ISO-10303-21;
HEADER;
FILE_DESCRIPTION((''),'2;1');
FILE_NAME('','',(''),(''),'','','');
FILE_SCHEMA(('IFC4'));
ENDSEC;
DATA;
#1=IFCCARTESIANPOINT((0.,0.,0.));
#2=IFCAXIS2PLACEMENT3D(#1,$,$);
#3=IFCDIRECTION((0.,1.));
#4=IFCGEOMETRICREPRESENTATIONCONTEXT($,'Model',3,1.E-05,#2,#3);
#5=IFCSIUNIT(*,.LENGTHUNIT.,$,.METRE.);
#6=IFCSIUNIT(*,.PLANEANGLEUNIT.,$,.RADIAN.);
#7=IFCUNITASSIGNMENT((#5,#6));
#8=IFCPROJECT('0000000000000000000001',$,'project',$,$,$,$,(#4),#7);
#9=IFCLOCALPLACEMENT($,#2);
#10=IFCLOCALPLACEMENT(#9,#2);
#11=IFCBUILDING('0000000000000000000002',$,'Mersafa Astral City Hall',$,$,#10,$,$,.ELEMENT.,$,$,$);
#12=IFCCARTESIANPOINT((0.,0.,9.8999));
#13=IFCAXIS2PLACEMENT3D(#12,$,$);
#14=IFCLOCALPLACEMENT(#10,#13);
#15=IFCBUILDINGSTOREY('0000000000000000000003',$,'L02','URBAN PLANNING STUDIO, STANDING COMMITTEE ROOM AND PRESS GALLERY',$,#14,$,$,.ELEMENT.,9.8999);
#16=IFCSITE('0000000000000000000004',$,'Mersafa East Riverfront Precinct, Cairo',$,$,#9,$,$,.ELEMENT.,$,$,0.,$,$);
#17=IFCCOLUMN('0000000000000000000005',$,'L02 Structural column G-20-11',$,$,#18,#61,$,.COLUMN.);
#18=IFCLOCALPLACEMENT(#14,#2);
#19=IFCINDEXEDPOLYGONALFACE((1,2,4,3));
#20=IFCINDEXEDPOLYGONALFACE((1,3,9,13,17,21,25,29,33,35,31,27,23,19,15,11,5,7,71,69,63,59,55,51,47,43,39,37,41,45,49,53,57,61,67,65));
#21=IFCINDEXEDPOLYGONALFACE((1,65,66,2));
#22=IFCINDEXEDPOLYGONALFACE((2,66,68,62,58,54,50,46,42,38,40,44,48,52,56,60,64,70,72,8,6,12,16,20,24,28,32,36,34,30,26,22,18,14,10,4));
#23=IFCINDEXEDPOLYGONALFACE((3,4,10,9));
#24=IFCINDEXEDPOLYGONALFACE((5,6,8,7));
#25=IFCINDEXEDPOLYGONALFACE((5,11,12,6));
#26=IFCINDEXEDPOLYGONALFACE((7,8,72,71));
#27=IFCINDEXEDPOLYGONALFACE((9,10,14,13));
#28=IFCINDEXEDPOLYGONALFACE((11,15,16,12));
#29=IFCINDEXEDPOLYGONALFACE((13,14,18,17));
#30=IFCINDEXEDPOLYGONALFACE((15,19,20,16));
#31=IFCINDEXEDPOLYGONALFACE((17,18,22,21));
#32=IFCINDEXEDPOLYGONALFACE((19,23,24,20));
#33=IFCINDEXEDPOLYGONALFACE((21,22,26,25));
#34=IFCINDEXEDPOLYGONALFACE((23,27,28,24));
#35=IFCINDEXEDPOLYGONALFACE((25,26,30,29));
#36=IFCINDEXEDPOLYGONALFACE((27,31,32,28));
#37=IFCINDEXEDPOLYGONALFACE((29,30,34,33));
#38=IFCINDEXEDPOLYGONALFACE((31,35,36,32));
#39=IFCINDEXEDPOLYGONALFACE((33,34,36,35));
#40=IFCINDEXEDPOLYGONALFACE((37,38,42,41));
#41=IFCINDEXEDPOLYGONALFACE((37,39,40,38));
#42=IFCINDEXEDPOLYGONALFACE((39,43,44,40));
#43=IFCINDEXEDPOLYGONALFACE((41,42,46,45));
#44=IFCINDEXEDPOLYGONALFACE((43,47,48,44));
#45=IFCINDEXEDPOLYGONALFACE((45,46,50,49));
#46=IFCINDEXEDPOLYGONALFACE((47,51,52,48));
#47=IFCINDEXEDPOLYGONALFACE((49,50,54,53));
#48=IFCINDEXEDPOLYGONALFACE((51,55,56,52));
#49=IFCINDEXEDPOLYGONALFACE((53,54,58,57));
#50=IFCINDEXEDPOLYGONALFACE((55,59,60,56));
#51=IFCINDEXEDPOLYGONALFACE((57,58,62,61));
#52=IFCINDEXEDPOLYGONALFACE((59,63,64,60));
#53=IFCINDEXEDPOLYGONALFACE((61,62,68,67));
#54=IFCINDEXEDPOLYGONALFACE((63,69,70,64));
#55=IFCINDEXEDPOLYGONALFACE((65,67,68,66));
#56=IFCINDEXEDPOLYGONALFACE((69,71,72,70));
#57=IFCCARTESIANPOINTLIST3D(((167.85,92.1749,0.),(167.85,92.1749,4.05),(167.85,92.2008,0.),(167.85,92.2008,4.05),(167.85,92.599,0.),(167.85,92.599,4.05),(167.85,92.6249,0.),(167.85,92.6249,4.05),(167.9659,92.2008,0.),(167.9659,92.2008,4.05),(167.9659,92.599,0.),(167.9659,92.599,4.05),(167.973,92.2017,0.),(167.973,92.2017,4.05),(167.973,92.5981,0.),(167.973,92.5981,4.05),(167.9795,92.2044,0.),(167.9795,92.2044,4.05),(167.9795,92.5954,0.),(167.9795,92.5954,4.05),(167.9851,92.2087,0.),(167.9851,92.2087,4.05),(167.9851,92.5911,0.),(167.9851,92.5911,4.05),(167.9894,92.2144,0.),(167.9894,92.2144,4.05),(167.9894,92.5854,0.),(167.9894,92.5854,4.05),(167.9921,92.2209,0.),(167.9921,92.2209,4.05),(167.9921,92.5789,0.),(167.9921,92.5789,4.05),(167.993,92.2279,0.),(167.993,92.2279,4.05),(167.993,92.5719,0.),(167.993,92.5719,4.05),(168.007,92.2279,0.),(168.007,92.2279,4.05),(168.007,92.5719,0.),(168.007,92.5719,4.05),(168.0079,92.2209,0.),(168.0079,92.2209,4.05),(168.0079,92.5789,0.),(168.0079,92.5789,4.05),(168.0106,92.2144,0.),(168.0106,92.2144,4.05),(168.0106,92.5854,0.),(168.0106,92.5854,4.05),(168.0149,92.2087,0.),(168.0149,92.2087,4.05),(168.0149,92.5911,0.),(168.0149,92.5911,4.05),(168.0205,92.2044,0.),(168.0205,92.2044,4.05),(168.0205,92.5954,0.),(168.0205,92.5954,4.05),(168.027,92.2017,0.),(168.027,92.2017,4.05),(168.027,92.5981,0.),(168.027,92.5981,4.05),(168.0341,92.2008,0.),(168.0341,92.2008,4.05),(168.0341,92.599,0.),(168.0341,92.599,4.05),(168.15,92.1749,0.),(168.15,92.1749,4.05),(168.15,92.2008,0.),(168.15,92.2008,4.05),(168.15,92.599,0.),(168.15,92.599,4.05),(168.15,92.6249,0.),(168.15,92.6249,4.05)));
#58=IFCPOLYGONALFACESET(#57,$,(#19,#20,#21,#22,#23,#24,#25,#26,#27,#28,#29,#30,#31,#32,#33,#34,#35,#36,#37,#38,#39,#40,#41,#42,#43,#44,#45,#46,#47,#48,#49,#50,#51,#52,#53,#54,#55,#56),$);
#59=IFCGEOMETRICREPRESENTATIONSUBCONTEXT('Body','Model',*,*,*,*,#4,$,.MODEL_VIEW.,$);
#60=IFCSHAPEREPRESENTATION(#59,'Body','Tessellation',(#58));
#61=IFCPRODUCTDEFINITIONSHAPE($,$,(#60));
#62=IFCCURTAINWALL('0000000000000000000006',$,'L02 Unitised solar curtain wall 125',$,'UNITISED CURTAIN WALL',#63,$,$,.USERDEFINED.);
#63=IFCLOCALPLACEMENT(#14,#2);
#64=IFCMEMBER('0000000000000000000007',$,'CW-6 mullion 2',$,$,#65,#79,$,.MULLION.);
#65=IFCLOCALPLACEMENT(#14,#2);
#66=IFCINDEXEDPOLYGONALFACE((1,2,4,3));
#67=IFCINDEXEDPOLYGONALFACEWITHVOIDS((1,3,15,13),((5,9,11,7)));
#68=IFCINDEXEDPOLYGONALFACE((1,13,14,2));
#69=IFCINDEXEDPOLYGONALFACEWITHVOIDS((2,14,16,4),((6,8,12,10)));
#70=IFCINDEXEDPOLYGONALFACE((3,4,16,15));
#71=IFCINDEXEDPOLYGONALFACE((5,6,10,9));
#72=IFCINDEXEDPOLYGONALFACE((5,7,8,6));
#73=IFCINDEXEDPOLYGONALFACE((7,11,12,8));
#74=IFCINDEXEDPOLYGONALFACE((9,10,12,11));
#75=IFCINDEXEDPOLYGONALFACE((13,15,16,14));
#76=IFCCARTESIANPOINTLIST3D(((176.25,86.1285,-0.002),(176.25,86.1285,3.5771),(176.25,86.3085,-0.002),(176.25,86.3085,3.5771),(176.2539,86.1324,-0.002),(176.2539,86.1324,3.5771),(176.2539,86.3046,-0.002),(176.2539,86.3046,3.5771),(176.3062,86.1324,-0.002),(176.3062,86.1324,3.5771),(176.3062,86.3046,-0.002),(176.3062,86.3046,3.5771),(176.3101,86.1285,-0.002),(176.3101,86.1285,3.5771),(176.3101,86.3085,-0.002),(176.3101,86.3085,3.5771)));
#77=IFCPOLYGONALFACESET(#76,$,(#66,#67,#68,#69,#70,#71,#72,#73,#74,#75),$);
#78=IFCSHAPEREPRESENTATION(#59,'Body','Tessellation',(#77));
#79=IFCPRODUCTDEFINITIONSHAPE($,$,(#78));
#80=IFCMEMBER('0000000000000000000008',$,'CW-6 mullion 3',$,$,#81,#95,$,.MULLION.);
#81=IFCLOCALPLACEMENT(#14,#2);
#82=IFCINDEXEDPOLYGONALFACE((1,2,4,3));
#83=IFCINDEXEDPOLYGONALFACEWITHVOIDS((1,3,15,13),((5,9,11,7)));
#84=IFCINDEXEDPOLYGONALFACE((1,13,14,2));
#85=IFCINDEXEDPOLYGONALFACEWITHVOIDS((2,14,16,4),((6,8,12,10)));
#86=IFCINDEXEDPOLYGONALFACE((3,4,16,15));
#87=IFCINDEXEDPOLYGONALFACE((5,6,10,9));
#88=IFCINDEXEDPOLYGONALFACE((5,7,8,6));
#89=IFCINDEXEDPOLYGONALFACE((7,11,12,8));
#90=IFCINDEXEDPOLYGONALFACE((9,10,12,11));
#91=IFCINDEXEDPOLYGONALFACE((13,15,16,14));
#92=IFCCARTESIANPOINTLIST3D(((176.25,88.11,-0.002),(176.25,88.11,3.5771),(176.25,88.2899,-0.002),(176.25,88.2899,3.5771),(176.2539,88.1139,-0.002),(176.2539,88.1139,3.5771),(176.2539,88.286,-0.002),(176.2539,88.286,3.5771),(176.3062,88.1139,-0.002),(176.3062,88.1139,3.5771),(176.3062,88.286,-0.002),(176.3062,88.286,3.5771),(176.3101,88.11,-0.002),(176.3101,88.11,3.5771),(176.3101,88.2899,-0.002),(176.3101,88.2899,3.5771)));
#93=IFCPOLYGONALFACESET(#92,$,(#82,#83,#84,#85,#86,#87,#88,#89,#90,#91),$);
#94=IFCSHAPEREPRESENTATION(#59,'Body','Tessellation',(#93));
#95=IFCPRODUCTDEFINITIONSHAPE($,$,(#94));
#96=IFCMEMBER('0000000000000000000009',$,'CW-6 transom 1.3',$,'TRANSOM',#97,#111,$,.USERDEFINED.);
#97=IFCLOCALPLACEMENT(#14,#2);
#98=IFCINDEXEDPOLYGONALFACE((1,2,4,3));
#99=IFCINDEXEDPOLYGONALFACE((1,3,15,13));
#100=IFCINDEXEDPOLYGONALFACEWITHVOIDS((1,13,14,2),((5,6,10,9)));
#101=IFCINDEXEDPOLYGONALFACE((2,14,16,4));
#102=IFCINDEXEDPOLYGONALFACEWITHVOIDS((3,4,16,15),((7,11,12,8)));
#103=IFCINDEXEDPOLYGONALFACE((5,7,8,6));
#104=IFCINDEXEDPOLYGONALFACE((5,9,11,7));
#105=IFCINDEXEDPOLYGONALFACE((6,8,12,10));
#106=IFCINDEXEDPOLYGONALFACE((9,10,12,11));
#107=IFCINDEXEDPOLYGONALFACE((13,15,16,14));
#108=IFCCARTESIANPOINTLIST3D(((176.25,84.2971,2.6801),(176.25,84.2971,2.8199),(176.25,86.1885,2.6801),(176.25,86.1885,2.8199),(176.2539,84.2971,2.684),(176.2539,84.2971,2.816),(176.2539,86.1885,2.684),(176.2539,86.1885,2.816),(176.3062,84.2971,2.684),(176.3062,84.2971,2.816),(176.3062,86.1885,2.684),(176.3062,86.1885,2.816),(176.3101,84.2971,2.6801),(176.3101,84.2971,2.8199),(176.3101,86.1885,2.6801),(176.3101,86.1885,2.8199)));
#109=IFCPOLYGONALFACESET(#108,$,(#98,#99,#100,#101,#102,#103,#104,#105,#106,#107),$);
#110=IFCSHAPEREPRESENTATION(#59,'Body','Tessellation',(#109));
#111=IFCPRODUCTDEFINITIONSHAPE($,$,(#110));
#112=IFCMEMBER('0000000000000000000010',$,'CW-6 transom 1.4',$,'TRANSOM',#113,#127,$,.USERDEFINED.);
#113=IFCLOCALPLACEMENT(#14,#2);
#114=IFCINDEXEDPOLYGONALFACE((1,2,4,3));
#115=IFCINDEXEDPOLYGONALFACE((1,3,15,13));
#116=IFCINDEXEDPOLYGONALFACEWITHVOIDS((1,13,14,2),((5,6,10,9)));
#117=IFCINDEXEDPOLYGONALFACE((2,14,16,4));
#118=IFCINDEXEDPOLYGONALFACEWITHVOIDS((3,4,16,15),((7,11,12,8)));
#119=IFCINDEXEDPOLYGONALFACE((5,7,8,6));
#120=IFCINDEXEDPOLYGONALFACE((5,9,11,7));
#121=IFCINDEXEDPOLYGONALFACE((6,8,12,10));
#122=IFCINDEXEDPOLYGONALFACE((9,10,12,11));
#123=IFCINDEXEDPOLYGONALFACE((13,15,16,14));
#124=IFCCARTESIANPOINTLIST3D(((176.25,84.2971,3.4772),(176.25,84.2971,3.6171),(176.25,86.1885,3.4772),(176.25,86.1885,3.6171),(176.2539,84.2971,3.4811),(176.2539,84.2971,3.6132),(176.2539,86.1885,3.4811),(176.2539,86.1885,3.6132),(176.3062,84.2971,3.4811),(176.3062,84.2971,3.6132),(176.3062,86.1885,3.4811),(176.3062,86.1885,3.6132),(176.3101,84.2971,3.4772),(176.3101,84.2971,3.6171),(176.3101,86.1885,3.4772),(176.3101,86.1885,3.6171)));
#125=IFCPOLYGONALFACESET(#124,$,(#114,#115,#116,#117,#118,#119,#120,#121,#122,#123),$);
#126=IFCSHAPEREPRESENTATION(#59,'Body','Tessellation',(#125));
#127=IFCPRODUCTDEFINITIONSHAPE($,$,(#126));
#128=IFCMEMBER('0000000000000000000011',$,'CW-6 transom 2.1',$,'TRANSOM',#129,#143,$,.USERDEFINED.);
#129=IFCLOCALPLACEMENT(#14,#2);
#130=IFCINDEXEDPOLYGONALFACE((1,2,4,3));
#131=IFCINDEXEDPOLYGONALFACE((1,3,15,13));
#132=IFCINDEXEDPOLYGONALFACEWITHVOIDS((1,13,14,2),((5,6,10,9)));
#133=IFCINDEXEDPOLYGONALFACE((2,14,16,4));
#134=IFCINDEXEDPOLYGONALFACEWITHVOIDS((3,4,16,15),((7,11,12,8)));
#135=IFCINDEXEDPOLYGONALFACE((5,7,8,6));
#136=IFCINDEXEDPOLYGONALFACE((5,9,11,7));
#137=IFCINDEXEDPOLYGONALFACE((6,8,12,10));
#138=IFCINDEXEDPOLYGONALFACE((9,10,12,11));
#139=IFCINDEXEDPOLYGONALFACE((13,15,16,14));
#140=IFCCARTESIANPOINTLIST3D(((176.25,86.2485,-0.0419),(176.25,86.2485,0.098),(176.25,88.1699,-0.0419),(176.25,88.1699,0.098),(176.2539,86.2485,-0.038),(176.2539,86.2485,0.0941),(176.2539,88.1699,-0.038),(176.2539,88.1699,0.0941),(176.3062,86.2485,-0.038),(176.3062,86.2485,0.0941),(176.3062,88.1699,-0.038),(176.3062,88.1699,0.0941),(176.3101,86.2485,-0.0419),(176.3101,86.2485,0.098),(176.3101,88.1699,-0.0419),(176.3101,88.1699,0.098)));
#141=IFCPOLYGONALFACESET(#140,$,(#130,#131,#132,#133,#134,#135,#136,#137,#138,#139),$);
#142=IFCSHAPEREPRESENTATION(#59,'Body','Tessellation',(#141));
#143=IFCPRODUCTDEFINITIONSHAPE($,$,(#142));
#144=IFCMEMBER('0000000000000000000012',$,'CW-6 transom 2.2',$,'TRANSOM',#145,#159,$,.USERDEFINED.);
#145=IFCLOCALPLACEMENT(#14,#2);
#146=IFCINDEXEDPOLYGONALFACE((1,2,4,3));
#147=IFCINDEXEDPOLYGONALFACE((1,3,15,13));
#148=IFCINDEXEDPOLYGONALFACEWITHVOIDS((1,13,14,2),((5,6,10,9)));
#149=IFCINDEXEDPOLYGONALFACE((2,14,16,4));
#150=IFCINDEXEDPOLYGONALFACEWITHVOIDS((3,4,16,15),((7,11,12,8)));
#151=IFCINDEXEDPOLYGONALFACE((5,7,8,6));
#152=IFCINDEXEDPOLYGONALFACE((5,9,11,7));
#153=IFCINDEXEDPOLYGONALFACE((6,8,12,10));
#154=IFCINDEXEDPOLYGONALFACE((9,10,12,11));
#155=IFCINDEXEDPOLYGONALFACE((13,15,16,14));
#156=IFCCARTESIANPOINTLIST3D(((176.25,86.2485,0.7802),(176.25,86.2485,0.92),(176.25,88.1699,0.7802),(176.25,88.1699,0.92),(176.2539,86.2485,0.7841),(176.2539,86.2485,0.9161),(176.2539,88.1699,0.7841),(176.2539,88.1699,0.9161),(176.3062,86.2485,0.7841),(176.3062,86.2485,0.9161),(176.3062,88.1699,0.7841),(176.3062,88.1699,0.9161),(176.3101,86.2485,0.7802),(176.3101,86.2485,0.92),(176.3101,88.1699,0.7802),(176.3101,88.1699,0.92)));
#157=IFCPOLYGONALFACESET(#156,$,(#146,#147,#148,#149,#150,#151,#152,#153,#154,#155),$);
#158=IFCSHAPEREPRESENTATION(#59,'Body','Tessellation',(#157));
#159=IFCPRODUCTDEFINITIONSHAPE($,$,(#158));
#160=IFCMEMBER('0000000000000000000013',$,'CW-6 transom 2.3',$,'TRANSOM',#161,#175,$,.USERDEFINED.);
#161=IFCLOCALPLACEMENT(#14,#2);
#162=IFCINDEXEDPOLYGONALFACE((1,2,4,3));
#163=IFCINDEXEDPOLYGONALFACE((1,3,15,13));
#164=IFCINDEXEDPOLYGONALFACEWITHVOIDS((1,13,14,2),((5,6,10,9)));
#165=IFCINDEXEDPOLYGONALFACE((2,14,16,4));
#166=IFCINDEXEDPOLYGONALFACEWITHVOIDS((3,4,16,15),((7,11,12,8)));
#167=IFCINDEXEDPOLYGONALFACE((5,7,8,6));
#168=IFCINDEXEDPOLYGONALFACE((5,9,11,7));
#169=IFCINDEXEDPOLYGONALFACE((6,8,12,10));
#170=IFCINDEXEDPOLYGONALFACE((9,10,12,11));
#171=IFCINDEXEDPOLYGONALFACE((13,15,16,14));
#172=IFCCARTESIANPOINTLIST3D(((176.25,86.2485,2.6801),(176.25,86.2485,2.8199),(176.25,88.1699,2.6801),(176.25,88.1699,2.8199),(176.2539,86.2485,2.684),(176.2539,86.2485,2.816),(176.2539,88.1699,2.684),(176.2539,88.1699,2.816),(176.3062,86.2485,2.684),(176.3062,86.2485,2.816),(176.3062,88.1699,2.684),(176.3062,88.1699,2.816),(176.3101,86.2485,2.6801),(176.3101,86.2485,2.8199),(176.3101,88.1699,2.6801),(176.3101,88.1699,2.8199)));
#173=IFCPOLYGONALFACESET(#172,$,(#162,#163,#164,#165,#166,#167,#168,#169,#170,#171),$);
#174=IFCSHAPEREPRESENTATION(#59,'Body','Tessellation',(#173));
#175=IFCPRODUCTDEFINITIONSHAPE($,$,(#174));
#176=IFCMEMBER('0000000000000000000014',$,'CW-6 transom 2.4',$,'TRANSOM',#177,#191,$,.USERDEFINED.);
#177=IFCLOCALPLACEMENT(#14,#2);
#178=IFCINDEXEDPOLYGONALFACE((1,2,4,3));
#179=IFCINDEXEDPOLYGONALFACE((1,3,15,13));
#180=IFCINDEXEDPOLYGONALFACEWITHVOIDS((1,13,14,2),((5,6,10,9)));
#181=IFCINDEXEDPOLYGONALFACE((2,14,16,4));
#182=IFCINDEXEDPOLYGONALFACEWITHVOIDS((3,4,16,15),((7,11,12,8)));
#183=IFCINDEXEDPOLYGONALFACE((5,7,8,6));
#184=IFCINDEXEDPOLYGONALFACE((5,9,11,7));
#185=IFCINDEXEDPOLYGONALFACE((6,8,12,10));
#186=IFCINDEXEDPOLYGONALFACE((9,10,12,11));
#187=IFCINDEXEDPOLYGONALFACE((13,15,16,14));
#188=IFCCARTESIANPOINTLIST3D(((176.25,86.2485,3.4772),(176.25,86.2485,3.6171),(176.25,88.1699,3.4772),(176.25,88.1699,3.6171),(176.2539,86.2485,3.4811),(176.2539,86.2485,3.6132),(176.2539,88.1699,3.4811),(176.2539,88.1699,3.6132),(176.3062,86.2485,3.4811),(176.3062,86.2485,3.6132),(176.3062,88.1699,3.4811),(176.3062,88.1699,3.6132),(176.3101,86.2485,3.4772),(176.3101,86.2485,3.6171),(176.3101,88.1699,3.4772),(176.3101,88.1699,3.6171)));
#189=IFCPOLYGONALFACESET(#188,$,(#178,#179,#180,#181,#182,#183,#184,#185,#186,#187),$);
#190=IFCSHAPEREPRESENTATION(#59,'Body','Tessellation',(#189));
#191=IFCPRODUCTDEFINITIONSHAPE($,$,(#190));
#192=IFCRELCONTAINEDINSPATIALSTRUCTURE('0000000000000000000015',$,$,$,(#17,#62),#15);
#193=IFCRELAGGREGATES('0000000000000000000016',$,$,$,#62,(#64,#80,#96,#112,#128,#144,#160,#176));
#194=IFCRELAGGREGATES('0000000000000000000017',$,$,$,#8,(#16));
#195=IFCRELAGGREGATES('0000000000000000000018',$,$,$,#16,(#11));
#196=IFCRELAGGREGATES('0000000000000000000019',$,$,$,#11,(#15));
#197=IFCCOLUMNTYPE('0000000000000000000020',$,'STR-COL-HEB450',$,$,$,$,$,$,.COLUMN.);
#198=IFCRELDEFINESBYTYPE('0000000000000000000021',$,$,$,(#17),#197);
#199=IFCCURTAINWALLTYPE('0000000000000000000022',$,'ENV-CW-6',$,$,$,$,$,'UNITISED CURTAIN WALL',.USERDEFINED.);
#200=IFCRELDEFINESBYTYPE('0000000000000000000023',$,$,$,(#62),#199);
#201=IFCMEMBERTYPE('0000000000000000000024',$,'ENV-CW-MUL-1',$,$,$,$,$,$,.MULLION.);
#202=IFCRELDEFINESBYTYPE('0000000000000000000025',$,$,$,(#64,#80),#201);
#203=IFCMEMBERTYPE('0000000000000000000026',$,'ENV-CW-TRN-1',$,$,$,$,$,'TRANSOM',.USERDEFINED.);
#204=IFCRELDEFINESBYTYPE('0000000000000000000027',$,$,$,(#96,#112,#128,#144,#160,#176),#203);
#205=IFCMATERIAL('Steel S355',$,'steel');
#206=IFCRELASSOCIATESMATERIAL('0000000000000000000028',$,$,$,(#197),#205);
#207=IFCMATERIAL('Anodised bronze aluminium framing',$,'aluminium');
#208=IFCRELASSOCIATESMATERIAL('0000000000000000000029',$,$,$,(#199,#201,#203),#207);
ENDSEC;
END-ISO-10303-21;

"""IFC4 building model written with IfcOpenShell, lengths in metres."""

from ifc_helpers import new_model, si_unit, direction, frame, origin, origin_2d, place, context, subcontext, project, spatial, hollow_rectangle, i_section, extrude, material, material_profile, profile_set, type_object, element, aggregate, save


model = new_model("IFC4")

# Units and contexts
model_context = context("Model", 3, precision=1e-05, world=origin(), true_north=direction((0.0, 1.0)))
body_context = subcontext(model_context, "Body", "Model", "MODEL_VIEW")
ifc_project = project(units=[si_unit("LENGTHUNIT", "METRE"), si_unit("PLANEANGLEUNIT", "RADIAN")], contexts=[model_context])

# Site, building, storey
site_placement = place(None, origin())
site = spatial("IfcSite", under=ifc_project, at=site_placement, Name="Mersafa East Riverfront Precinct, Cairo", CompositionType="ELEMENT", RefElevation=0.0)
building_placement = place(site_placement, origin())
building = spatial("IfcBuilding", under=site, at=building_placement, Name="Mersafa Astral City Hall", CompositionType="ELEMENT")
storey_placement = place(building_placement, frame((0.0, 0.0, 9.8999)))
storey = spatial("IfcBuildingStorey", under=building, at=storey_placement, Name="L02", Description="URBAN PLANNING STUDIO, STANDING COMMITTEE ROOM AND PRESS GALLERY", CompositionType="ELEMENT", Elevation=9.8999)

# Column
ifc_material_1 = material(Name="Steel S355", Category="steel")
ifc_material_profile_1 = material_profile(ifc_material_1, i_section(OverallWidth=0.3, OverallDepth=0.45, WebThickness=0.0139, FlangeThickness=0.0259, FilletRadius=0.0271, at=origin_2d()), Name="HEB 450")
ifc_profile_set_1 = profile_set([ifc_material_profile_1], Name="Steel S355")
column_type = type_object("IfcColumnType", Name="STR-COL-HEB450", PredefinedType="COLUMN", material=ifc_profile_set_1)
column_placement = place(storey_placement, frame((168.0, 92.3999, 0.0), z_axis=(0.0, 0.0, 1.0), x_axis=(1.0, 0.0, 0.0)))
element("IfcColumn", 1, at=column_placement, inside=storey, type_object=column_type, Name="L02 Structural column G-20-11", PredefinedType="COLUMN", context=body_context, shape_type="SweptSolid", body=[
    extrude(i_section(OverallWidth=0.3, OverallDepth=0.45, WebThickness=0.0139, FlangeThickness=0.0259, FilletRadius=0.0271, at=origin_2d()), origin(), (0.0, 0.0, 1.0), 4.05),
])

# Curtain wall, members
ifc_material_2 = material(Name="Anodised bronze aluminium framing", Category="aluminium")
curtain_wall_type = type_object("IfcCurtainWallType", Name="ENV-CW-6", ElementType="UNITISED CURTAIN WALL", PredefinedType="USERDEFINED", material=ifc_material_2)
curtain_wall_placement = place(storey_placement, origin())
curtain_wall = element("IfcCurtainWall", 2, at=curtain_wall_placement, inside=storey, type_object=curtain_wall_type, Name="L02 Unitised solar curtain wall 125", ObjectType="UNITISED CURTAIN WALL", PredefinedType="USERDEFINED")
ifc_material_profile_2 = material_profile(ifc_material_2, hollow_rectangle(XDim=0.0601, YDim=0.1799, WallThickness=0.0039, at=origin_2d()), Name="RHS 60x180x4")
ifc_profile_set_2 = profile_set([ifc_material_profile_2], Name="Anodised bronze aluminium framing")
member_type_1 = type_object("IfcMemberType", Name="ENV-CW-MUL-1", PredefinedType="MULLION", material=ifc_profile_set_2)
member_1_placement = place(storey_placement, frame((176.28, 86.2185, -0.002), z_axis=(0.0, 0.0, 1.0), x_axis=(-1.0, 0.0, 0.0)))
member_1 = element("IfcMember", 3, at=member_1_placement, type_object=member_type_1, Name="CW-6 mullion 2", PredefinedType="MULLION", context=body_context, shape_type="SweptSolid", body=[
    extrude(hollow_rectangle(XDim=0.0601, YDim=0.1799, WallThickness=0.0039, at=origin_2d()), origin(), (0.0, 0.0, 1.0), 3.5791),
])
member_2_placement = place(storey_placement, frame((176.28, 88.2, -0.002), z_axis=(0.0, 0.0, 1.0), x_axis=(-1.0, 0.0, 0.0)))
member_2 = element("IfcMember", 4, at=member_2_placement, type_object=member_type_1, Name="CW-6 mullion 3", PredefinedType="MULLION", context=body_context, shape_type="SweptSolid", body=[
    extrude(hollow_rectangle(XDim=0.0601, YDim=0.1799, WallThickness=0.0039, at=origin_2d()), origin(), (0.0, 0.0, 1.0), 3.5791),
])
ifc_material_profile_3 = material_profile(ifc_material_2, hollow_rectangle(XDim=0.0601, YDim=0.1399, WallThickness=0.0039, at=origin_2d()), Name="RHS 60x140x4")
ifc_profile_set_3 = profile_set([ifc_material_profile_3], Name="Anodised bronze aluminium framing")
member_type_2 = type_object("IfcMemberType", Name="ENV-CW-TRN-1", ElementType="TRANSOM", PredefinedType="USERDEFINED", material=ifc_profile_set_3)
member_3_placement = place(storey_placement, frame((176.28, 84.2971, 2.75), z_axis=(0.0, 1.0, 0.0), x_axis=(-1.0, 0.0, 0.0)))
member_3 = element("IfcMember", 5, at=member_3_placement, type_object=member_type_2, Name="CW-6 transom 1.3", ObjectType="TRANSOM", PredefinedType="USERDEFINED", context=body_context, shape_type="SweptSolid", body=[
    extrude(hollow_rectangle(XDim=0.0601, YDim=0.1399, WallThickness=0.0039, at=origin_2d()), origin(), (0.0, 0.0, 1.0), 1.8914),
])
member_4_placement = place(storey_placement, frame((176.28, 84.2971, 3.5471), z_axis=(0.0, 1.0, 0.0), x_axis=(-1.0, 0.0, 0.0)))
member_4 = element("IfcMember", 6, at=member_4_placement, type_object=member_type_2, Name="CW-6 transom 1.4", ObjectType="TRANSOM", PredefinedType="USERDEFINED", context=body_context, shape_type="SweptSolid", body=[
    extrude(hollow_rectangle(XDim=0.0601, YDim=0.1399, WallThickness=0.0039, at=origin_2d()), origin(), (0.0, 0.0, 1.0), 1.8914),
])
member_5_placement = place(storey_placement, frame((176.28, 86.2485, 0.0281), z_axis=(0.0, 1.0, 0.0), x_axis=(-1.0, 0.0, 0.0)))
member_5 = element("IfcMember", 7, at=member_5_placement, type_object=member_type_2, Name="CW-6 transom 2.1", ObjectType="TRANSOM", PredefinedType="USERDEFINED", context=body_context, shape_type="SweptSolid", body=[
    extrude(hollow_rectangle(XDim=0.0601, YDim=0.1399, WallThickness=0.0039, at=origin_2d()), origin(), (0.0, 0.0, 1.0), 1.9214),
])
member_6_placement = place(storey_placement, frame((176.28, 86.2485, 0.8501), z_axis=(0.0, 1.0, 0.0), x_axis=(-1.0, 0.0, 0.0)))
member_6 = element("IfcMember", 8, at=member_6_placement, type_object=member_type_2, Name="CW-6 transom 2.2", ObjectType="TRANSOM", PredefinedType="USERDEFINED", context=body_context, shape_type="SweptSolid", body=[
    extrude(hollow_rectangle(XDim=0.0601, YDim=0.1399, WallThickness=0.0039, at=origin_2d()), origin(), (0.0, 0.0, 1.0), 1.9214),
])
member_7_placement = place(storey_placement, frame((176.28, 86.2485, 2.75), z_axis=(0.0, 1.0, 0.0), x_axis=(-1.0, 0.0, 0.0)))
member_7 = element("IfcMember", 9, at=member_7_placement, type_object=member_type_2, Name="CW-6 transom 2.3", ObjectType="TRANSOM", PredefinedType="USERDEFINED", context=body_context, shape_type="SweptSolid", body=[
    extrude(hollow_rectangle(XDim=0.0601, YDim=0.1399, WallThickness=0.0039, at=origin_2d()), origin(), (0.0, 0.0, 1.0), 1.9214),
])
member_8_placement = place(storey_placement, frame((176.28, 86.2485, 3.5471), z_axis=(0.0, 1.0, 0.0), x_axis=(-1.0, 0.0, 0.0)))
member_8 = element("IfcMember", 10, at=member_8_placement, type_object=member_type_2, Name="CW-6 transom 2.4", ObjectType="TRANSOM", PredefinedType="USERDEFINED", context=body_context, shape_type="SweptSolid", body=[
    extrude(hollow_rectangle(XDim=0.0601, YDim=0.1399, WallThickness=0.0039, at=origin_2d()), origin(), (0.0, 0.0, 1.0), 1.9214),
])

aggregate(curtain_wall, [member_1, member_2, member_3, member_4, member_5, member_6, member_7, member_8])

save(model, "model.ifc")
